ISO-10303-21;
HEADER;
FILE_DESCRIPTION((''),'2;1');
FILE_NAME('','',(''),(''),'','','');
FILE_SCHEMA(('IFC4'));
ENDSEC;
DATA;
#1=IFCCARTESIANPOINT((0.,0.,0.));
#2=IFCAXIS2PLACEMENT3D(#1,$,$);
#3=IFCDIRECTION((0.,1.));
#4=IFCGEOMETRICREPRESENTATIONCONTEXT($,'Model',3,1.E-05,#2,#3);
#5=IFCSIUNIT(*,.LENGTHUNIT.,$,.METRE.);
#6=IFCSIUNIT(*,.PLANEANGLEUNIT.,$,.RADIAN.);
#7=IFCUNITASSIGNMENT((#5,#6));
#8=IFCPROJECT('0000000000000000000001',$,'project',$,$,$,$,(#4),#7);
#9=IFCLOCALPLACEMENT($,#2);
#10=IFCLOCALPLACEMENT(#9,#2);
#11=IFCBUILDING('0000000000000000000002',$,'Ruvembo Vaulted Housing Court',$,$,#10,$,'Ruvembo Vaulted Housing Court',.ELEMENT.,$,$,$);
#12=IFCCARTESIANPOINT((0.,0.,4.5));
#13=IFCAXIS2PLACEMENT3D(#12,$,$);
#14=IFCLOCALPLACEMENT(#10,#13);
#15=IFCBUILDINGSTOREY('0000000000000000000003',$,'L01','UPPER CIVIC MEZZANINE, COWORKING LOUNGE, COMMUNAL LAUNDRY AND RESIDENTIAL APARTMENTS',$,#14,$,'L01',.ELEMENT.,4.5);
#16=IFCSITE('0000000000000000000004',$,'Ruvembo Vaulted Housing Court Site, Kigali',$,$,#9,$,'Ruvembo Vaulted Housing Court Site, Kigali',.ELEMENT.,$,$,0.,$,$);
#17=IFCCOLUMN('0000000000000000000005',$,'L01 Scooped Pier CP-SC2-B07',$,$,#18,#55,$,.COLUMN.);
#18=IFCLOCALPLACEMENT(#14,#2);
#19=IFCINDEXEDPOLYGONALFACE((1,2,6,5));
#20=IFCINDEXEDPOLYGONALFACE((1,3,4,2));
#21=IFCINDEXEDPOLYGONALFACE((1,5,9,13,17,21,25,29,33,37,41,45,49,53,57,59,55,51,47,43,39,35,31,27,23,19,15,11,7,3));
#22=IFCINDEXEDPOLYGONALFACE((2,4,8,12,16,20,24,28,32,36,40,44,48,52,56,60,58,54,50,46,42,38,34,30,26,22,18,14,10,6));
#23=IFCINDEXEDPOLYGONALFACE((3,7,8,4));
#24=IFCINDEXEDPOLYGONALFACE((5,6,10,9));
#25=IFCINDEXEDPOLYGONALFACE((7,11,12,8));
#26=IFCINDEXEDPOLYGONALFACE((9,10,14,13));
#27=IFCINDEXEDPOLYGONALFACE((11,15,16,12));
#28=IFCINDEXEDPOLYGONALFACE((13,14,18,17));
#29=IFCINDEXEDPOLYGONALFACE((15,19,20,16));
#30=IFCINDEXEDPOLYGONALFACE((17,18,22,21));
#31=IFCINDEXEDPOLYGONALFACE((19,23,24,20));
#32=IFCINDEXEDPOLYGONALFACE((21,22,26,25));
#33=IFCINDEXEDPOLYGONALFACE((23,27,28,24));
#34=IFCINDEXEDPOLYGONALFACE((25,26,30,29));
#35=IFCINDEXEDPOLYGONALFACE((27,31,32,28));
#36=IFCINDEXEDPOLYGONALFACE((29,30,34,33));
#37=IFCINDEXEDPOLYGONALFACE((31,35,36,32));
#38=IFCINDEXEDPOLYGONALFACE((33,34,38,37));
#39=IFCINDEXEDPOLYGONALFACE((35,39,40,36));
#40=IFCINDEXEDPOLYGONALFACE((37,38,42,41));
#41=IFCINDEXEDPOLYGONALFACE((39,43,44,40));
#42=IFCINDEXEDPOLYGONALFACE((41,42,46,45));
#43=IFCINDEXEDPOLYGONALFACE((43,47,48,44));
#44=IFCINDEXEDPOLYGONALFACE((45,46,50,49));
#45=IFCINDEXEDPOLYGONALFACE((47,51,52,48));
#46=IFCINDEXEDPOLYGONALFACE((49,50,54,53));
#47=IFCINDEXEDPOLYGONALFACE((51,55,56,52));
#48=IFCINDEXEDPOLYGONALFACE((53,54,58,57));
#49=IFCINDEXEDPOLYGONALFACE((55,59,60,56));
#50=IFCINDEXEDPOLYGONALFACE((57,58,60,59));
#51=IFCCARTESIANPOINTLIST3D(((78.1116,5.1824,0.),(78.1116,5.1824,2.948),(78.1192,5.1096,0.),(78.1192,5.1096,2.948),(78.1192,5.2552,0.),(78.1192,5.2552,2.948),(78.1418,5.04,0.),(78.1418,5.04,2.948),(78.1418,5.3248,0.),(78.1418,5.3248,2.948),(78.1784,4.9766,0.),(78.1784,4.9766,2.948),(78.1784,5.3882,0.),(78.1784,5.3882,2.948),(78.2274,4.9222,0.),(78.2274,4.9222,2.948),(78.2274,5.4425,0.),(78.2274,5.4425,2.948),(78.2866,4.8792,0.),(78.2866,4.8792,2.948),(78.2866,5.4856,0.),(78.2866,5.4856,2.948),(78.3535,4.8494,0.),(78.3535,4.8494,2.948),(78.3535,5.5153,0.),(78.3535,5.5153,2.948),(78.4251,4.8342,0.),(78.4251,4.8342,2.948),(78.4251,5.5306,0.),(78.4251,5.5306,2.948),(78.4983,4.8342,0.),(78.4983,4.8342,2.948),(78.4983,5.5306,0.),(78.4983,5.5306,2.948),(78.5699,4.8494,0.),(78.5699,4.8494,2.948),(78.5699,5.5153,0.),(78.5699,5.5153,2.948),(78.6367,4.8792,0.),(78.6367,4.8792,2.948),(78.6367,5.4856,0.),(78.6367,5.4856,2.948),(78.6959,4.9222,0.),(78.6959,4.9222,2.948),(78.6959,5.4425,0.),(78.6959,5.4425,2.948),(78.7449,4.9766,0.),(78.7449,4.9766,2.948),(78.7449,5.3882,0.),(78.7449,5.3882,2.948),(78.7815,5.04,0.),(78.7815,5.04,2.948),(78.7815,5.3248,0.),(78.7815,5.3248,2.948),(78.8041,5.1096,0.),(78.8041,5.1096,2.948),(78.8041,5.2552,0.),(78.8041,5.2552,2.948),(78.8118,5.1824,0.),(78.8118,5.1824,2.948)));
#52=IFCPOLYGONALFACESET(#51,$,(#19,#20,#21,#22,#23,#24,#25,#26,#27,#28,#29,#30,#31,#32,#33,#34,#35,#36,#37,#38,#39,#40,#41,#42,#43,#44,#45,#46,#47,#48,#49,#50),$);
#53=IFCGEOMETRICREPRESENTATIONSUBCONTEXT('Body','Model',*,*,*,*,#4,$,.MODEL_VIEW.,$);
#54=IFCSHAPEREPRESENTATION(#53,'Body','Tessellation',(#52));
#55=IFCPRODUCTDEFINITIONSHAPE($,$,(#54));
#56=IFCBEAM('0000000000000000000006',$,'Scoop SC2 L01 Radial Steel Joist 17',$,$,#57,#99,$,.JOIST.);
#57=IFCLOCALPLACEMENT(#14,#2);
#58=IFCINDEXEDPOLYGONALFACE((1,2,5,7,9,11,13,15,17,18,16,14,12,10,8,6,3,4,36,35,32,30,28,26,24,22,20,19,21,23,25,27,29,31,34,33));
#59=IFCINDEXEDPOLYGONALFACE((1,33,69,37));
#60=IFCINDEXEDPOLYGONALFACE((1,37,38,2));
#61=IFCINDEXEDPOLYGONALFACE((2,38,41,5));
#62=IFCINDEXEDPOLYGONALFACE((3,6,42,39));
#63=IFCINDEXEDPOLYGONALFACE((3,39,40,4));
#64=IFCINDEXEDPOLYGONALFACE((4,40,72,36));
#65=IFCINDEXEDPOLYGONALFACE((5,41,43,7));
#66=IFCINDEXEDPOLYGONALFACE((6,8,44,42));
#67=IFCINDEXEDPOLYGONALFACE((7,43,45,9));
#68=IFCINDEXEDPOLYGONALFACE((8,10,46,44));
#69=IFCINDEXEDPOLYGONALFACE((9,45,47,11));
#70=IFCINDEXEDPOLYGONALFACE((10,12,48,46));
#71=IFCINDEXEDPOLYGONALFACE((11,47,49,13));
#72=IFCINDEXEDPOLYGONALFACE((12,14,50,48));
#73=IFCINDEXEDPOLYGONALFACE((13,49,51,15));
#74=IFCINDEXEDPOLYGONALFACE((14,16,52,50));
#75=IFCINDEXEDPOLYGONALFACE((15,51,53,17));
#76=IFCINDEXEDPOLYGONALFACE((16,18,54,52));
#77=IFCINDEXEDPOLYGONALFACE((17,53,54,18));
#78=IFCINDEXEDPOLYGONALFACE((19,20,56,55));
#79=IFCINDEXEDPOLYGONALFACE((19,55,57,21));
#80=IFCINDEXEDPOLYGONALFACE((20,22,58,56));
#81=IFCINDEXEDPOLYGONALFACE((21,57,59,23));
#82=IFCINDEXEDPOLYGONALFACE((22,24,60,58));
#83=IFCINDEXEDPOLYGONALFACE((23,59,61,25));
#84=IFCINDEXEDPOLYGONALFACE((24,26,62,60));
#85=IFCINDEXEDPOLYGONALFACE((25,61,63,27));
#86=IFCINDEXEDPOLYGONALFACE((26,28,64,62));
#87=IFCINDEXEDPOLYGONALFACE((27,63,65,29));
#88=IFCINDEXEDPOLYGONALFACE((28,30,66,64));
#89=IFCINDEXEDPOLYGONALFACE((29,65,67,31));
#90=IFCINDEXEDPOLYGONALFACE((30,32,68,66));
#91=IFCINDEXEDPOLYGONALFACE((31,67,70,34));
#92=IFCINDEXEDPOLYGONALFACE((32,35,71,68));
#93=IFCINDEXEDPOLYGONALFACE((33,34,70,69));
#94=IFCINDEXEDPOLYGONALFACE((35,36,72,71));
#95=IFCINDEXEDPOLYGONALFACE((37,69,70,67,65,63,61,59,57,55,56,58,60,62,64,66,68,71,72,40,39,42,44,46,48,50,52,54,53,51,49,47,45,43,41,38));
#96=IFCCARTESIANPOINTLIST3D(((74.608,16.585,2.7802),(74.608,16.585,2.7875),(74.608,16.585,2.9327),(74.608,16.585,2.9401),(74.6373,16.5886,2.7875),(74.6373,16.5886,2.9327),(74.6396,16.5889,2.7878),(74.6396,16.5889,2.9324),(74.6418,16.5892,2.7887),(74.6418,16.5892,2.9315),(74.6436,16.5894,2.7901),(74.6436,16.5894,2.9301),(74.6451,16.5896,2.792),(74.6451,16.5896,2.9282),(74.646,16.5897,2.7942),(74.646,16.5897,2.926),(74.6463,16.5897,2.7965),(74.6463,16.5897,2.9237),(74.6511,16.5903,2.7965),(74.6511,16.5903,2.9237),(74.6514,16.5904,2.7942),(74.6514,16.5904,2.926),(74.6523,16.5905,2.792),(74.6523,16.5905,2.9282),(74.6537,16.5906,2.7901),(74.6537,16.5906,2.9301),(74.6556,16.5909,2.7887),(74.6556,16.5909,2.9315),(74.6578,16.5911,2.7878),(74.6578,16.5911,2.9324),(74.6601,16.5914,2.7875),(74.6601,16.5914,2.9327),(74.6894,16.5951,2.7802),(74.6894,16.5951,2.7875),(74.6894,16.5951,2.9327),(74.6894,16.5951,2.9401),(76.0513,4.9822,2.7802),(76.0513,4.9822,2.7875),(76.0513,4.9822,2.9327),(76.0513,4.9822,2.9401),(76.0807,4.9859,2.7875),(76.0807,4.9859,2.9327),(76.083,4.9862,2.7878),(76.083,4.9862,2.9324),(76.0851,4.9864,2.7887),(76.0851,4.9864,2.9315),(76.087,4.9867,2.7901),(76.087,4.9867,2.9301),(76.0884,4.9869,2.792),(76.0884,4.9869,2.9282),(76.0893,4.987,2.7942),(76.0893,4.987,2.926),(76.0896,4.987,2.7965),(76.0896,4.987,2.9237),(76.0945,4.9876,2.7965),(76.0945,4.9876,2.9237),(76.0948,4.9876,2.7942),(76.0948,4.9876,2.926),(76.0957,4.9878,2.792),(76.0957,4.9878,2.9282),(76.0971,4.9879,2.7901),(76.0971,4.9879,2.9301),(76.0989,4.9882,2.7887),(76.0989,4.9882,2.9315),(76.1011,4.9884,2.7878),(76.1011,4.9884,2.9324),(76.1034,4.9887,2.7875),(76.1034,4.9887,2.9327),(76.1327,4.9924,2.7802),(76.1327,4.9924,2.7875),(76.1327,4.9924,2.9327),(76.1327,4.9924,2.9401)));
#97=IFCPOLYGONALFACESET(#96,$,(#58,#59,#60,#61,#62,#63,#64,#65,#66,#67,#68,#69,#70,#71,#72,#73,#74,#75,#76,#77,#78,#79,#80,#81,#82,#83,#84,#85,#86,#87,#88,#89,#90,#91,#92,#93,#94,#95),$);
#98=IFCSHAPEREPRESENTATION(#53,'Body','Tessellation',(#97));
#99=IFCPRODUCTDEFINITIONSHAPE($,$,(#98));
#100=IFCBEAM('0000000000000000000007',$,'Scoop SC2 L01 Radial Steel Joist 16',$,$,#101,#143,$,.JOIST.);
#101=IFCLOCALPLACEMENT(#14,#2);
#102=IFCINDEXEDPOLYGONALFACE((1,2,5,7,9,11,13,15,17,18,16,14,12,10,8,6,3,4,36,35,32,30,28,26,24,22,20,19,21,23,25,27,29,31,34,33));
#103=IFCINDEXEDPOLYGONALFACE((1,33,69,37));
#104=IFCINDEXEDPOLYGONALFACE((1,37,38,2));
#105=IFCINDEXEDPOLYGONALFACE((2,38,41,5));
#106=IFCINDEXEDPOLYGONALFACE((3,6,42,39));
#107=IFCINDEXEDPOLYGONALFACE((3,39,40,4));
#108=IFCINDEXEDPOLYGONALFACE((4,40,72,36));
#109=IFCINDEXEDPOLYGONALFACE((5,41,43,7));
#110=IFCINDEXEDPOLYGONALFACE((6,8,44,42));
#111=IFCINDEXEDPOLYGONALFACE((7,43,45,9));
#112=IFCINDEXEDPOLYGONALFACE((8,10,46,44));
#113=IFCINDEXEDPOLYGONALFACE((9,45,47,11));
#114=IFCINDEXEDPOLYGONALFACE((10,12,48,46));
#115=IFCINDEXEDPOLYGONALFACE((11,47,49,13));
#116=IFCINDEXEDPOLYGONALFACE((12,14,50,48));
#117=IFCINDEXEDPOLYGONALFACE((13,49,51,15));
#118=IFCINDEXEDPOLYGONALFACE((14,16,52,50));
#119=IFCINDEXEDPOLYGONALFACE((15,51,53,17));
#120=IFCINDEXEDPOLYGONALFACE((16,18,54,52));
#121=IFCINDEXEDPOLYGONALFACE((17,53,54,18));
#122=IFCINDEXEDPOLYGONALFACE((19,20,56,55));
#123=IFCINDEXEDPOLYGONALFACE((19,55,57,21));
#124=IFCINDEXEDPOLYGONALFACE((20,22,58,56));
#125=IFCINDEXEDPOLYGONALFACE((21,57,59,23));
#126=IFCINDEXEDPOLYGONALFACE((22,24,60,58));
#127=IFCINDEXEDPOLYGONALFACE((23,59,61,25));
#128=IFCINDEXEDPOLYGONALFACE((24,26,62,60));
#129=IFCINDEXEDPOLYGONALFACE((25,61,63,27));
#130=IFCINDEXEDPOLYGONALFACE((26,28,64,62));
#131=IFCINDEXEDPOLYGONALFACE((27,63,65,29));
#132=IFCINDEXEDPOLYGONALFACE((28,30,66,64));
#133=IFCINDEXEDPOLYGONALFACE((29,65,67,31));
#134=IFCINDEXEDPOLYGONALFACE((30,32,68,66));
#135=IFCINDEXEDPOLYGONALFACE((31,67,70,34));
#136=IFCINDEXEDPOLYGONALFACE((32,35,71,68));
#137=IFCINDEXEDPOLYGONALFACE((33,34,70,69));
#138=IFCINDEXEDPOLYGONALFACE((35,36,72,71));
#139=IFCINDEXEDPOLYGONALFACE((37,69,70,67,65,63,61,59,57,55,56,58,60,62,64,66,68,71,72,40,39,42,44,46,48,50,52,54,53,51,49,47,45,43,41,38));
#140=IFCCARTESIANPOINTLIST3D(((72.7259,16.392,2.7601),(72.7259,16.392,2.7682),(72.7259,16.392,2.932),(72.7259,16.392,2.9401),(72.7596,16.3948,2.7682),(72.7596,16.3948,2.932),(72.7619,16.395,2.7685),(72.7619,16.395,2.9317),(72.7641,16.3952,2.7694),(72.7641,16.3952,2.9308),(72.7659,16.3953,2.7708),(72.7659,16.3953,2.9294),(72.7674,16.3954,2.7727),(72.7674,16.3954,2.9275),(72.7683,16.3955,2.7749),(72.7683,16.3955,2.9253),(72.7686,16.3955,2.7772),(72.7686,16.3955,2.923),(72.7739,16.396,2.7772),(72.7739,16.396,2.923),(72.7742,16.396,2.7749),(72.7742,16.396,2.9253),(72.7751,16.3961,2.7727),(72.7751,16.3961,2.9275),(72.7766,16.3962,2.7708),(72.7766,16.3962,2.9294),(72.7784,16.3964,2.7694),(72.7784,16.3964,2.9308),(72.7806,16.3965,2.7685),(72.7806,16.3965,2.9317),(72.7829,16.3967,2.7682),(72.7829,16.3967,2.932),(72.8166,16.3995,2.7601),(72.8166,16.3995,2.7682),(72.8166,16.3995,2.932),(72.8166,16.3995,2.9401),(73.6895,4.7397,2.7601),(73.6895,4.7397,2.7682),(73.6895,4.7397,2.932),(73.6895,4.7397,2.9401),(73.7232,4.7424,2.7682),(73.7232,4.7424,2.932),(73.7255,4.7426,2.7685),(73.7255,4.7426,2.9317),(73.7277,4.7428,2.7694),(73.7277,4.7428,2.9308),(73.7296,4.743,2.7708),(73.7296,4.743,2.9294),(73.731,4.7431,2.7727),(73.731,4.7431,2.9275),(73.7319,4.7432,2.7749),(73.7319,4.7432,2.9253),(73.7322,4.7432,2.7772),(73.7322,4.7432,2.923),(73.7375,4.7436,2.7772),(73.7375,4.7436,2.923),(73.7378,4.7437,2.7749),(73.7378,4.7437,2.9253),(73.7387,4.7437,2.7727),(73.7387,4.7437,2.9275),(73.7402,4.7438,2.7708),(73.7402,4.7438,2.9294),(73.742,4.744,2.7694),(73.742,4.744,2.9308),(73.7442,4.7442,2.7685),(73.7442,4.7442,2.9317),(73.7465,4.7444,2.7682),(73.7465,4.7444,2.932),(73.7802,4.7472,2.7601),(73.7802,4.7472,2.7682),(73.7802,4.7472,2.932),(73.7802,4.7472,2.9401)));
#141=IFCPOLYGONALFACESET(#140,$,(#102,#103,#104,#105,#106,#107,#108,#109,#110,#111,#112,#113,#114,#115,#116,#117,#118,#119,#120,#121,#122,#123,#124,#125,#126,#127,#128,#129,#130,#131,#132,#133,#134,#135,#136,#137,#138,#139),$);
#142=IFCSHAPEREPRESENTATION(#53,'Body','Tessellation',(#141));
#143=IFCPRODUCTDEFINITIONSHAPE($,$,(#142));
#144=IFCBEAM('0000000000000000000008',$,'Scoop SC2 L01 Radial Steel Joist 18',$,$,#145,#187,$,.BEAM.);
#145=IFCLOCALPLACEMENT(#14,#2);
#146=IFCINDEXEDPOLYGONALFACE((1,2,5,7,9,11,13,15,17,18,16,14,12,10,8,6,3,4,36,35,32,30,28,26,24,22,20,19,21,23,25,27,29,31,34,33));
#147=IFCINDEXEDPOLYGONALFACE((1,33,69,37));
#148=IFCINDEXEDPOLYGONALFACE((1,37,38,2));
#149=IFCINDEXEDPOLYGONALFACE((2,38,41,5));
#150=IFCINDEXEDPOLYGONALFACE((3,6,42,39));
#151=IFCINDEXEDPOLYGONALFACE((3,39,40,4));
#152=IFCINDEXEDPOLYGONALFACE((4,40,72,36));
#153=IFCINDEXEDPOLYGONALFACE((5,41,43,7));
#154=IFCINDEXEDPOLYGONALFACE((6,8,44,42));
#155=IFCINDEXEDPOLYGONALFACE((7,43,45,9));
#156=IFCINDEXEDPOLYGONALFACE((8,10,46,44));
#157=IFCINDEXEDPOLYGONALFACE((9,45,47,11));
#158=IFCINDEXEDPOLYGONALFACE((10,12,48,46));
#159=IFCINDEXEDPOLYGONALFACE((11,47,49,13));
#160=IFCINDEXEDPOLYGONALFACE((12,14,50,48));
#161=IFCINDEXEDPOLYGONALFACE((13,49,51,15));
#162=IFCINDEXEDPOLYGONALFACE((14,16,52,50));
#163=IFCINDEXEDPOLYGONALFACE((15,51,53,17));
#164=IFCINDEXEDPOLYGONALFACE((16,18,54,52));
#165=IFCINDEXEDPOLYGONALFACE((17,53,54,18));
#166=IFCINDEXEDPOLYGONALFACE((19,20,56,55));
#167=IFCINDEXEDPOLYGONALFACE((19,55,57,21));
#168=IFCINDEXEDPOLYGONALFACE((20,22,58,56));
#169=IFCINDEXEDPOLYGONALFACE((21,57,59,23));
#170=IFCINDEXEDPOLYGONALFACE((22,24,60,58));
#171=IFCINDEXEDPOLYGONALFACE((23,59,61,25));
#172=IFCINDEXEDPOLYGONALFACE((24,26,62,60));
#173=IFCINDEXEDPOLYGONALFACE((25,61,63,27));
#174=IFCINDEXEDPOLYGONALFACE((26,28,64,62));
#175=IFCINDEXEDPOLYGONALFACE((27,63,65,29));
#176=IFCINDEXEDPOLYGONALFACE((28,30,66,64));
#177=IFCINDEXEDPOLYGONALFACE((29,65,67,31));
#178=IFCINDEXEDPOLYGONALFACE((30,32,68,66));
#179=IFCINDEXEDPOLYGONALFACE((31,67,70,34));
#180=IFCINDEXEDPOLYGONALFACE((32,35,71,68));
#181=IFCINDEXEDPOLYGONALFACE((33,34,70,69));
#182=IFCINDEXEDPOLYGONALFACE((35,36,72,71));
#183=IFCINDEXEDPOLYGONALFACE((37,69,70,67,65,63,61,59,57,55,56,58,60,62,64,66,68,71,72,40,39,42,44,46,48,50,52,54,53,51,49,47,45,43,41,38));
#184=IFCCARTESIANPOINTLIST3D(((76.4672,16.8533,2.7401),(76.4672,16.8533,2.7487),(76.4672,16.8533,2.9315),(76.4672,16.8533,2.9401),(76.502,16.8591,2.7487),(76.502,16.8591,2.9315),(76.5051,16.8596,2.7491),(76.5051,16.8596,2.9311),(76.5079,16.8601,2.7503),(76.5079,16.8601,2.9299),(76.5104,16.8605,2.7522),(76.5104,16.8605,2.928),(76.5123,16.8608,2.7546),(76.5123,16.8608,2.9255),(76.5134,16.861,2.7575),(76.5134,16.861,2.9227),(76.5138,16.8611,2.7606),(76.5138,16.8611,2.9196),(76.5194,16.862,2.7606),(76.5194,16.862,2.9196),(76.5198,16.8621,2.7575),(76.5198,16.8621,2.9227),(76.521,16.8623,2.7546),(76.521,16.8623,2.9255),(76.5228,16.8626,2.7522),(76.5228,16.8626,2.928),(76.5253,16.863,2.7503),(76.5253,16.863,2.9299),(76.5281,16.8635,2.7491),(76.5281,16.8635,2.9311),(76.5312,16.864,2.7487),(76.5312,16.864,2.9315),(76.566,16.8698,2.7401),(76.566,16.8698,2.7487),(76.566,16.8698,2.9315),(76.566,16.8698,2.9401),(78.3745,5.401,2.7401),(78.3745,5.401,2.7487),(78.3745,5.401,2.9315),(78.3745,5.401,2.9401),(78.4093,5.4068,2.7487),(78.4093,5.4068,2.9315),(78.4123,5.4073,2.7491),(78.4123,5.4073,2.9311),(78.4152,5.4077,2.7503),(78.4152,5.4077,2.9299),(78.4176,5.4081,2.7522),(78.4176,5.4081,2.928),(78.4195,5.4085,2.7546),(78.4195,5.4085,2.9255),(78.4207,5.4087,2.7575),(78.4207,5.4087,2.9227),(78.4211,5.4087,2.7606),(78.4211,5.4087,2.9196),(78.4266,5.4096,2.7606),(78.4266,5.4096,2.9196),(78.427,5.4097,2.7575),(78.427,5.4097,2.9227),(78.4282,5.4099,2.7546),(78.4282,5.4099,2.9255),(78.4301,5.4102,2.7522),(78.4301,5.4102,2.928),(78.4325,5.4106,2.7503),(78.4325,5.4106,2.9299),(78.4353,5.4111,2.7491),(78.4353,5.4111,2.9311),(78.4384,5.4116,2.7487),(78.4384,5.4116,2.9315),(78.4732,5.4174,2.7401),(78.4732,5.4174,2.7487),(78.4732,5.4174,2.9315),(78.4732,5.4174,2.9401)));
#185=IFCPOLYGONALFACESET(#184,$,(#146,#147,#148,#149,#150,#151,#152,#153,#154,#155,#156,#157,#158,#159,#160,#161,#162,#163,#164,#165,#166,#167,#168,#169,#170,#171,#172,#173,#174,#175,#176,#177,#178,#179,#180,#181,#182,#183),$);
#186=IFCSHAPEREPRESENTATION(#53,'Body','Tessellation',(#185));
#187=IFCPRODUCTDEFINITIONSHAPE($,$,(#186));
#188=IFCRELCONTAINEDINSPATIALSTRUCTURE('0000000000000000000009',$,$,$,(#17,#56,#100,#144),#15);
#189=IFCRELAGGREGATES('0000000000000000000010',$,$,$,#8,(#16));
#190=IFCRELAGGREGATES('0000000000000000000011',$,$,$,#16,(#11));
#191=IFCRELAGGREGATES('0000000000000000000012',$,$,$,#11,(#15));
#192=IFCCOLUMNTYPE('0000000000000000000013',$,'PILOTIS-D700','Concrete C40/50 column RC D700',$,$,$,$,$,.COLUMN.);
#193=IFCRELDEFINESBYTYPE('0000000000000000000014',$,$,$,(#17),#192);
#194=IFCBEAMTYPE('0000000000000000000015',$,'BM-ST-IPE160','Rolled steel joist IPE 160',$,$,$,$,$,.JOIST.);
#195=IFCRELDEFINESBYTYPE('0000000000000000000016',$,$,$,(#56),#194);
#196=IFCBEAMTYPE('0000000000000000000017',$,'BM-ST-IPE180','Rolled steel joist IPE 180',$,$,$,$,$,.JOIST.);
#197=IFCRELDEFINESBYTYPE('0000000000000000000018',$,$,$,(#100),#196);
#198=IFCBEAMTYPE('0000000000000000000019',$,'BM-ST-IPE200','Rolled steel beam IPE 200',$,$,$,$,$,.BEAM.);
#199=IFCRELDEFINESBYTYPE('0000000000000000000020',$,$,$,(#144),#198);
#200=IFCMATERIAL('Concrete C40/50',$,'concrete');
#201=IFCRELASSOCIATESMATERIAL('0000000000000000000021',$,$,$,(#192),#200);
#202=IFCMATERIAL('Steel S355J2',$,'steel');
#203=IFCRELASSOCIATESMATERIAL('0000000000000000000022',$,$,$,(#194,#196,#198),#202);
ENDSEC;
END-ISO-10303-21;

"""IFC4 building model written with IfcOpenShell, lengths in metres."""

from ifc_helpers import new_model, si_unit, direction, frame, origin, origin_2d, place, context, subcontext, project, spatial, circle, i_section, extrude, material, material_profile, profile_set, type_object, element, save


model = new_model("IFC4")

# Units and contexts
model_context = context("Model", 3, precision=1e-05, world=origin(), true_north=direction((0.0, 1.0)))
body_context = subcontext(model_context, "Body", "Model", "MODEL_VIEW")
ifc_project = project(units=[si_unit("LENGTHUNIT", "METRE"), si_unit("PLANEANGLEUNIT", "RADIAN")], contexts=[model_context])

# Site, building, storey
site_placement = place(None, origin())
site = spatial("IfcSite", under=ifc_project, at=site_placement, Name="Ruvembo Vaulted Housing Court Site, Kigali", LongName="Ruvembo Vaulted Housing Court Site, Kigali", CompositionType="ELEMENT", RefElevation=0.0)
building_placement = place(site_placement, origin())
building = spatial("IfcBuilding", under=site, at=building_placement, Name="Ruvembo Vaulted Housing Court", LongName="Ruvembo Vaulted Housing Court", CompositionType="ELEMENT")
storey_placement = place(building_placement, frame((0.0, 0.0, 4.5)))
storey = spatial("IfcBuildingStorey", under=building, at=storey_placement, Name="L01", Description="UPPER CIVIC MEZZANINE, COWORKING LOUNGE, COMMUNAL LAUNDRY AND RESIDENTIAL APARTMENTS", LongName="L01", CompositionType="ELEMENT", Elevation=4.5)

# Column
ifc_material_1 = material(Name="Concrete C40/50", Category="concrete")
ifc_material_profile_1 = material_profile(ifc_material_1, circle(Radius=0.3501, at=origin_2d()), Name="RC D700")
ifc_profile_set_1 = profile_set([ifc_material_profile_1], Name="Concrete C40/50")
column_type = type_object("IfcColumnType", Name="PILOTIS-D700", Description="Concrete C40/50 column RC D700", PredefinedType="COLUMN", material=ifc_profile_set_1)
column_placement = place(storey_placement, frame((78.4617, 5.1824, 0.0), z_axis=(0.0, 0.0, 1.0), x_axis=(1.0, 0.0, 0.0)))
element("IfcColumn", 1, at=column_placement, inside=storey, type_object=column_type, Name="L01 Scooped Pier CP-SC2-B07", PredefinedType="COLUMN", context=body_context, shape_type="SweptSolid", body=[
    extrude(circle(Radius=0.3501, at=origin_2d()), origin(), (0.0, 0.0, 1.0), 2.948),
])

# Beams
ifc_material_2 = material(Name="Steel S355J2", Category="steel")
ifc_material_profile_2 = material_profile(ifc_material_2, i_section(OverallWidth=0.082, OverallDepth=0.1599, WebThickness=0.0049, FlangeThickness=0.0073, FilletRadius=0.009, at=origin_2d()), Name="IPE 160")
ifc_profile_set_2 = profile_set([ifc_material_profile_2], Name="Steel S355J2")
beam_type_1 = type_object("IfcBeamType", Name="BM-ST-IPE160", Description="Rolled steel joist IPE 160", PredefinedType="JOIST", material=ifc_profile_set_2)
beam_1_placement = place(storey_placement, frame((76.092, 4.9873, 2.8601), z_axis=(-0.123446, 0.992351, 0.0), x_axis=(-0.992351, -0.123446, 0.0)))
element("IfcBeam", 2, at=beam_1_placement, inside=storey, type_object=beam_type_1, Name="Scoop SC2 L01 Radial Steel Joist 17", PredefinedType="JOIST", context=body_context, shape_type="SweptSolid", body=[
    extrude(i_section(OverallWidth=0.082, OverallDepth=0.1599, WebThickness=0.0049, FlangeThickness=0.0073, FilletRadius=0.009, at=origin_2d()), origin(), (0.0, 0.0, 1.0), 11.6921),
])
ifc_material_profile_3 = material_profile(ifc_material_2, i_section(OverallWidth=0.0911, OverallDepth=0.1799, WebThickness=0.0054, FlangeThickness=0.0081, FilletRadius=0.009, at=origin_2d()), Name="IPE 180")
ifc_profile_set_3 = profile_set([ifc_material_profile_3], Name="Steel S355J2")
beam_type_2 = type_object("IfcBeamType", Name="BM-ST-IPE180", Description="Rolled steel joist IPE 180", PredefinedType="JOIST", material=ifc_profile_set_3)
beam_2_placement = place(storey_placement, frame((73.7349, 4.7434, 2.8501), z_axis=(-0.082416, 0.996598, 0.0), x_axis=(-0.996598, -0.082416, 0.0)))
element("IfcBeam", 3, at=beam_2_placement, inside=storey, type_object=beam_type_2, Name="Scoop SC2 L01 Radial Steel Joist 16", PredefinedType="JOIST", context=body_context, shape_type="SweptSolid", body=[
    extrude(i_section(OverallWidth=0.0911, OverallDepth=0.1799, WebThickness=0.0054, FlangeThickness=0.0081, FilletRadius=0.009, at=origin_2d()), origin(), (0.0, 0.0, 1.0), 11.6921),
])
ifc_material_profile_4 = material_profile(ifc_material_2, i_section(OverallWidth=0.1001, OverallDepth=0.2, WebThickness=0.0056, FlangeThickness=0.0085, FilletRadius=0.012, at=origin_2d()), Name="IPE 200")
ifc_profile_set_4 = profile_set([ifc_material_profile_4], Name="Steel S355J2")
beam_type_3 = type_object("IfcBeamType", Name="BM-ST-IPE200", Description="Rolled steel beam IPE 200", PredefinedType="BEAM", material=ifc_profile_set_4)
beam_3_placement = place(storey_placement, frame((78.4238, 5.4092, 2.8401), z_axis=(-0.164273, 0.986415, 0.0), x_axis=(-0.986415, -0.164273, 0.0)))
element("IfcBeam", 4, at=beam_3_placement, inside=storey, type_object=beam_type_3, Name="Scoop SC2 L01 Radial Steel Joist 18", PredefinedType="BEAM", context=body_context, shape_type="SweptSolid", body=[
    extrude(i_section(OverallWidth=0.1001, OverallDepth=0.2, WebThickness=0.0056, FlangeThickness=0.0085, FilletRadius=0.012, at=origin_2d()), origin(), (0.0, 0.0, 1.0), 11.6101),
])

save(model, "model.ifc")
